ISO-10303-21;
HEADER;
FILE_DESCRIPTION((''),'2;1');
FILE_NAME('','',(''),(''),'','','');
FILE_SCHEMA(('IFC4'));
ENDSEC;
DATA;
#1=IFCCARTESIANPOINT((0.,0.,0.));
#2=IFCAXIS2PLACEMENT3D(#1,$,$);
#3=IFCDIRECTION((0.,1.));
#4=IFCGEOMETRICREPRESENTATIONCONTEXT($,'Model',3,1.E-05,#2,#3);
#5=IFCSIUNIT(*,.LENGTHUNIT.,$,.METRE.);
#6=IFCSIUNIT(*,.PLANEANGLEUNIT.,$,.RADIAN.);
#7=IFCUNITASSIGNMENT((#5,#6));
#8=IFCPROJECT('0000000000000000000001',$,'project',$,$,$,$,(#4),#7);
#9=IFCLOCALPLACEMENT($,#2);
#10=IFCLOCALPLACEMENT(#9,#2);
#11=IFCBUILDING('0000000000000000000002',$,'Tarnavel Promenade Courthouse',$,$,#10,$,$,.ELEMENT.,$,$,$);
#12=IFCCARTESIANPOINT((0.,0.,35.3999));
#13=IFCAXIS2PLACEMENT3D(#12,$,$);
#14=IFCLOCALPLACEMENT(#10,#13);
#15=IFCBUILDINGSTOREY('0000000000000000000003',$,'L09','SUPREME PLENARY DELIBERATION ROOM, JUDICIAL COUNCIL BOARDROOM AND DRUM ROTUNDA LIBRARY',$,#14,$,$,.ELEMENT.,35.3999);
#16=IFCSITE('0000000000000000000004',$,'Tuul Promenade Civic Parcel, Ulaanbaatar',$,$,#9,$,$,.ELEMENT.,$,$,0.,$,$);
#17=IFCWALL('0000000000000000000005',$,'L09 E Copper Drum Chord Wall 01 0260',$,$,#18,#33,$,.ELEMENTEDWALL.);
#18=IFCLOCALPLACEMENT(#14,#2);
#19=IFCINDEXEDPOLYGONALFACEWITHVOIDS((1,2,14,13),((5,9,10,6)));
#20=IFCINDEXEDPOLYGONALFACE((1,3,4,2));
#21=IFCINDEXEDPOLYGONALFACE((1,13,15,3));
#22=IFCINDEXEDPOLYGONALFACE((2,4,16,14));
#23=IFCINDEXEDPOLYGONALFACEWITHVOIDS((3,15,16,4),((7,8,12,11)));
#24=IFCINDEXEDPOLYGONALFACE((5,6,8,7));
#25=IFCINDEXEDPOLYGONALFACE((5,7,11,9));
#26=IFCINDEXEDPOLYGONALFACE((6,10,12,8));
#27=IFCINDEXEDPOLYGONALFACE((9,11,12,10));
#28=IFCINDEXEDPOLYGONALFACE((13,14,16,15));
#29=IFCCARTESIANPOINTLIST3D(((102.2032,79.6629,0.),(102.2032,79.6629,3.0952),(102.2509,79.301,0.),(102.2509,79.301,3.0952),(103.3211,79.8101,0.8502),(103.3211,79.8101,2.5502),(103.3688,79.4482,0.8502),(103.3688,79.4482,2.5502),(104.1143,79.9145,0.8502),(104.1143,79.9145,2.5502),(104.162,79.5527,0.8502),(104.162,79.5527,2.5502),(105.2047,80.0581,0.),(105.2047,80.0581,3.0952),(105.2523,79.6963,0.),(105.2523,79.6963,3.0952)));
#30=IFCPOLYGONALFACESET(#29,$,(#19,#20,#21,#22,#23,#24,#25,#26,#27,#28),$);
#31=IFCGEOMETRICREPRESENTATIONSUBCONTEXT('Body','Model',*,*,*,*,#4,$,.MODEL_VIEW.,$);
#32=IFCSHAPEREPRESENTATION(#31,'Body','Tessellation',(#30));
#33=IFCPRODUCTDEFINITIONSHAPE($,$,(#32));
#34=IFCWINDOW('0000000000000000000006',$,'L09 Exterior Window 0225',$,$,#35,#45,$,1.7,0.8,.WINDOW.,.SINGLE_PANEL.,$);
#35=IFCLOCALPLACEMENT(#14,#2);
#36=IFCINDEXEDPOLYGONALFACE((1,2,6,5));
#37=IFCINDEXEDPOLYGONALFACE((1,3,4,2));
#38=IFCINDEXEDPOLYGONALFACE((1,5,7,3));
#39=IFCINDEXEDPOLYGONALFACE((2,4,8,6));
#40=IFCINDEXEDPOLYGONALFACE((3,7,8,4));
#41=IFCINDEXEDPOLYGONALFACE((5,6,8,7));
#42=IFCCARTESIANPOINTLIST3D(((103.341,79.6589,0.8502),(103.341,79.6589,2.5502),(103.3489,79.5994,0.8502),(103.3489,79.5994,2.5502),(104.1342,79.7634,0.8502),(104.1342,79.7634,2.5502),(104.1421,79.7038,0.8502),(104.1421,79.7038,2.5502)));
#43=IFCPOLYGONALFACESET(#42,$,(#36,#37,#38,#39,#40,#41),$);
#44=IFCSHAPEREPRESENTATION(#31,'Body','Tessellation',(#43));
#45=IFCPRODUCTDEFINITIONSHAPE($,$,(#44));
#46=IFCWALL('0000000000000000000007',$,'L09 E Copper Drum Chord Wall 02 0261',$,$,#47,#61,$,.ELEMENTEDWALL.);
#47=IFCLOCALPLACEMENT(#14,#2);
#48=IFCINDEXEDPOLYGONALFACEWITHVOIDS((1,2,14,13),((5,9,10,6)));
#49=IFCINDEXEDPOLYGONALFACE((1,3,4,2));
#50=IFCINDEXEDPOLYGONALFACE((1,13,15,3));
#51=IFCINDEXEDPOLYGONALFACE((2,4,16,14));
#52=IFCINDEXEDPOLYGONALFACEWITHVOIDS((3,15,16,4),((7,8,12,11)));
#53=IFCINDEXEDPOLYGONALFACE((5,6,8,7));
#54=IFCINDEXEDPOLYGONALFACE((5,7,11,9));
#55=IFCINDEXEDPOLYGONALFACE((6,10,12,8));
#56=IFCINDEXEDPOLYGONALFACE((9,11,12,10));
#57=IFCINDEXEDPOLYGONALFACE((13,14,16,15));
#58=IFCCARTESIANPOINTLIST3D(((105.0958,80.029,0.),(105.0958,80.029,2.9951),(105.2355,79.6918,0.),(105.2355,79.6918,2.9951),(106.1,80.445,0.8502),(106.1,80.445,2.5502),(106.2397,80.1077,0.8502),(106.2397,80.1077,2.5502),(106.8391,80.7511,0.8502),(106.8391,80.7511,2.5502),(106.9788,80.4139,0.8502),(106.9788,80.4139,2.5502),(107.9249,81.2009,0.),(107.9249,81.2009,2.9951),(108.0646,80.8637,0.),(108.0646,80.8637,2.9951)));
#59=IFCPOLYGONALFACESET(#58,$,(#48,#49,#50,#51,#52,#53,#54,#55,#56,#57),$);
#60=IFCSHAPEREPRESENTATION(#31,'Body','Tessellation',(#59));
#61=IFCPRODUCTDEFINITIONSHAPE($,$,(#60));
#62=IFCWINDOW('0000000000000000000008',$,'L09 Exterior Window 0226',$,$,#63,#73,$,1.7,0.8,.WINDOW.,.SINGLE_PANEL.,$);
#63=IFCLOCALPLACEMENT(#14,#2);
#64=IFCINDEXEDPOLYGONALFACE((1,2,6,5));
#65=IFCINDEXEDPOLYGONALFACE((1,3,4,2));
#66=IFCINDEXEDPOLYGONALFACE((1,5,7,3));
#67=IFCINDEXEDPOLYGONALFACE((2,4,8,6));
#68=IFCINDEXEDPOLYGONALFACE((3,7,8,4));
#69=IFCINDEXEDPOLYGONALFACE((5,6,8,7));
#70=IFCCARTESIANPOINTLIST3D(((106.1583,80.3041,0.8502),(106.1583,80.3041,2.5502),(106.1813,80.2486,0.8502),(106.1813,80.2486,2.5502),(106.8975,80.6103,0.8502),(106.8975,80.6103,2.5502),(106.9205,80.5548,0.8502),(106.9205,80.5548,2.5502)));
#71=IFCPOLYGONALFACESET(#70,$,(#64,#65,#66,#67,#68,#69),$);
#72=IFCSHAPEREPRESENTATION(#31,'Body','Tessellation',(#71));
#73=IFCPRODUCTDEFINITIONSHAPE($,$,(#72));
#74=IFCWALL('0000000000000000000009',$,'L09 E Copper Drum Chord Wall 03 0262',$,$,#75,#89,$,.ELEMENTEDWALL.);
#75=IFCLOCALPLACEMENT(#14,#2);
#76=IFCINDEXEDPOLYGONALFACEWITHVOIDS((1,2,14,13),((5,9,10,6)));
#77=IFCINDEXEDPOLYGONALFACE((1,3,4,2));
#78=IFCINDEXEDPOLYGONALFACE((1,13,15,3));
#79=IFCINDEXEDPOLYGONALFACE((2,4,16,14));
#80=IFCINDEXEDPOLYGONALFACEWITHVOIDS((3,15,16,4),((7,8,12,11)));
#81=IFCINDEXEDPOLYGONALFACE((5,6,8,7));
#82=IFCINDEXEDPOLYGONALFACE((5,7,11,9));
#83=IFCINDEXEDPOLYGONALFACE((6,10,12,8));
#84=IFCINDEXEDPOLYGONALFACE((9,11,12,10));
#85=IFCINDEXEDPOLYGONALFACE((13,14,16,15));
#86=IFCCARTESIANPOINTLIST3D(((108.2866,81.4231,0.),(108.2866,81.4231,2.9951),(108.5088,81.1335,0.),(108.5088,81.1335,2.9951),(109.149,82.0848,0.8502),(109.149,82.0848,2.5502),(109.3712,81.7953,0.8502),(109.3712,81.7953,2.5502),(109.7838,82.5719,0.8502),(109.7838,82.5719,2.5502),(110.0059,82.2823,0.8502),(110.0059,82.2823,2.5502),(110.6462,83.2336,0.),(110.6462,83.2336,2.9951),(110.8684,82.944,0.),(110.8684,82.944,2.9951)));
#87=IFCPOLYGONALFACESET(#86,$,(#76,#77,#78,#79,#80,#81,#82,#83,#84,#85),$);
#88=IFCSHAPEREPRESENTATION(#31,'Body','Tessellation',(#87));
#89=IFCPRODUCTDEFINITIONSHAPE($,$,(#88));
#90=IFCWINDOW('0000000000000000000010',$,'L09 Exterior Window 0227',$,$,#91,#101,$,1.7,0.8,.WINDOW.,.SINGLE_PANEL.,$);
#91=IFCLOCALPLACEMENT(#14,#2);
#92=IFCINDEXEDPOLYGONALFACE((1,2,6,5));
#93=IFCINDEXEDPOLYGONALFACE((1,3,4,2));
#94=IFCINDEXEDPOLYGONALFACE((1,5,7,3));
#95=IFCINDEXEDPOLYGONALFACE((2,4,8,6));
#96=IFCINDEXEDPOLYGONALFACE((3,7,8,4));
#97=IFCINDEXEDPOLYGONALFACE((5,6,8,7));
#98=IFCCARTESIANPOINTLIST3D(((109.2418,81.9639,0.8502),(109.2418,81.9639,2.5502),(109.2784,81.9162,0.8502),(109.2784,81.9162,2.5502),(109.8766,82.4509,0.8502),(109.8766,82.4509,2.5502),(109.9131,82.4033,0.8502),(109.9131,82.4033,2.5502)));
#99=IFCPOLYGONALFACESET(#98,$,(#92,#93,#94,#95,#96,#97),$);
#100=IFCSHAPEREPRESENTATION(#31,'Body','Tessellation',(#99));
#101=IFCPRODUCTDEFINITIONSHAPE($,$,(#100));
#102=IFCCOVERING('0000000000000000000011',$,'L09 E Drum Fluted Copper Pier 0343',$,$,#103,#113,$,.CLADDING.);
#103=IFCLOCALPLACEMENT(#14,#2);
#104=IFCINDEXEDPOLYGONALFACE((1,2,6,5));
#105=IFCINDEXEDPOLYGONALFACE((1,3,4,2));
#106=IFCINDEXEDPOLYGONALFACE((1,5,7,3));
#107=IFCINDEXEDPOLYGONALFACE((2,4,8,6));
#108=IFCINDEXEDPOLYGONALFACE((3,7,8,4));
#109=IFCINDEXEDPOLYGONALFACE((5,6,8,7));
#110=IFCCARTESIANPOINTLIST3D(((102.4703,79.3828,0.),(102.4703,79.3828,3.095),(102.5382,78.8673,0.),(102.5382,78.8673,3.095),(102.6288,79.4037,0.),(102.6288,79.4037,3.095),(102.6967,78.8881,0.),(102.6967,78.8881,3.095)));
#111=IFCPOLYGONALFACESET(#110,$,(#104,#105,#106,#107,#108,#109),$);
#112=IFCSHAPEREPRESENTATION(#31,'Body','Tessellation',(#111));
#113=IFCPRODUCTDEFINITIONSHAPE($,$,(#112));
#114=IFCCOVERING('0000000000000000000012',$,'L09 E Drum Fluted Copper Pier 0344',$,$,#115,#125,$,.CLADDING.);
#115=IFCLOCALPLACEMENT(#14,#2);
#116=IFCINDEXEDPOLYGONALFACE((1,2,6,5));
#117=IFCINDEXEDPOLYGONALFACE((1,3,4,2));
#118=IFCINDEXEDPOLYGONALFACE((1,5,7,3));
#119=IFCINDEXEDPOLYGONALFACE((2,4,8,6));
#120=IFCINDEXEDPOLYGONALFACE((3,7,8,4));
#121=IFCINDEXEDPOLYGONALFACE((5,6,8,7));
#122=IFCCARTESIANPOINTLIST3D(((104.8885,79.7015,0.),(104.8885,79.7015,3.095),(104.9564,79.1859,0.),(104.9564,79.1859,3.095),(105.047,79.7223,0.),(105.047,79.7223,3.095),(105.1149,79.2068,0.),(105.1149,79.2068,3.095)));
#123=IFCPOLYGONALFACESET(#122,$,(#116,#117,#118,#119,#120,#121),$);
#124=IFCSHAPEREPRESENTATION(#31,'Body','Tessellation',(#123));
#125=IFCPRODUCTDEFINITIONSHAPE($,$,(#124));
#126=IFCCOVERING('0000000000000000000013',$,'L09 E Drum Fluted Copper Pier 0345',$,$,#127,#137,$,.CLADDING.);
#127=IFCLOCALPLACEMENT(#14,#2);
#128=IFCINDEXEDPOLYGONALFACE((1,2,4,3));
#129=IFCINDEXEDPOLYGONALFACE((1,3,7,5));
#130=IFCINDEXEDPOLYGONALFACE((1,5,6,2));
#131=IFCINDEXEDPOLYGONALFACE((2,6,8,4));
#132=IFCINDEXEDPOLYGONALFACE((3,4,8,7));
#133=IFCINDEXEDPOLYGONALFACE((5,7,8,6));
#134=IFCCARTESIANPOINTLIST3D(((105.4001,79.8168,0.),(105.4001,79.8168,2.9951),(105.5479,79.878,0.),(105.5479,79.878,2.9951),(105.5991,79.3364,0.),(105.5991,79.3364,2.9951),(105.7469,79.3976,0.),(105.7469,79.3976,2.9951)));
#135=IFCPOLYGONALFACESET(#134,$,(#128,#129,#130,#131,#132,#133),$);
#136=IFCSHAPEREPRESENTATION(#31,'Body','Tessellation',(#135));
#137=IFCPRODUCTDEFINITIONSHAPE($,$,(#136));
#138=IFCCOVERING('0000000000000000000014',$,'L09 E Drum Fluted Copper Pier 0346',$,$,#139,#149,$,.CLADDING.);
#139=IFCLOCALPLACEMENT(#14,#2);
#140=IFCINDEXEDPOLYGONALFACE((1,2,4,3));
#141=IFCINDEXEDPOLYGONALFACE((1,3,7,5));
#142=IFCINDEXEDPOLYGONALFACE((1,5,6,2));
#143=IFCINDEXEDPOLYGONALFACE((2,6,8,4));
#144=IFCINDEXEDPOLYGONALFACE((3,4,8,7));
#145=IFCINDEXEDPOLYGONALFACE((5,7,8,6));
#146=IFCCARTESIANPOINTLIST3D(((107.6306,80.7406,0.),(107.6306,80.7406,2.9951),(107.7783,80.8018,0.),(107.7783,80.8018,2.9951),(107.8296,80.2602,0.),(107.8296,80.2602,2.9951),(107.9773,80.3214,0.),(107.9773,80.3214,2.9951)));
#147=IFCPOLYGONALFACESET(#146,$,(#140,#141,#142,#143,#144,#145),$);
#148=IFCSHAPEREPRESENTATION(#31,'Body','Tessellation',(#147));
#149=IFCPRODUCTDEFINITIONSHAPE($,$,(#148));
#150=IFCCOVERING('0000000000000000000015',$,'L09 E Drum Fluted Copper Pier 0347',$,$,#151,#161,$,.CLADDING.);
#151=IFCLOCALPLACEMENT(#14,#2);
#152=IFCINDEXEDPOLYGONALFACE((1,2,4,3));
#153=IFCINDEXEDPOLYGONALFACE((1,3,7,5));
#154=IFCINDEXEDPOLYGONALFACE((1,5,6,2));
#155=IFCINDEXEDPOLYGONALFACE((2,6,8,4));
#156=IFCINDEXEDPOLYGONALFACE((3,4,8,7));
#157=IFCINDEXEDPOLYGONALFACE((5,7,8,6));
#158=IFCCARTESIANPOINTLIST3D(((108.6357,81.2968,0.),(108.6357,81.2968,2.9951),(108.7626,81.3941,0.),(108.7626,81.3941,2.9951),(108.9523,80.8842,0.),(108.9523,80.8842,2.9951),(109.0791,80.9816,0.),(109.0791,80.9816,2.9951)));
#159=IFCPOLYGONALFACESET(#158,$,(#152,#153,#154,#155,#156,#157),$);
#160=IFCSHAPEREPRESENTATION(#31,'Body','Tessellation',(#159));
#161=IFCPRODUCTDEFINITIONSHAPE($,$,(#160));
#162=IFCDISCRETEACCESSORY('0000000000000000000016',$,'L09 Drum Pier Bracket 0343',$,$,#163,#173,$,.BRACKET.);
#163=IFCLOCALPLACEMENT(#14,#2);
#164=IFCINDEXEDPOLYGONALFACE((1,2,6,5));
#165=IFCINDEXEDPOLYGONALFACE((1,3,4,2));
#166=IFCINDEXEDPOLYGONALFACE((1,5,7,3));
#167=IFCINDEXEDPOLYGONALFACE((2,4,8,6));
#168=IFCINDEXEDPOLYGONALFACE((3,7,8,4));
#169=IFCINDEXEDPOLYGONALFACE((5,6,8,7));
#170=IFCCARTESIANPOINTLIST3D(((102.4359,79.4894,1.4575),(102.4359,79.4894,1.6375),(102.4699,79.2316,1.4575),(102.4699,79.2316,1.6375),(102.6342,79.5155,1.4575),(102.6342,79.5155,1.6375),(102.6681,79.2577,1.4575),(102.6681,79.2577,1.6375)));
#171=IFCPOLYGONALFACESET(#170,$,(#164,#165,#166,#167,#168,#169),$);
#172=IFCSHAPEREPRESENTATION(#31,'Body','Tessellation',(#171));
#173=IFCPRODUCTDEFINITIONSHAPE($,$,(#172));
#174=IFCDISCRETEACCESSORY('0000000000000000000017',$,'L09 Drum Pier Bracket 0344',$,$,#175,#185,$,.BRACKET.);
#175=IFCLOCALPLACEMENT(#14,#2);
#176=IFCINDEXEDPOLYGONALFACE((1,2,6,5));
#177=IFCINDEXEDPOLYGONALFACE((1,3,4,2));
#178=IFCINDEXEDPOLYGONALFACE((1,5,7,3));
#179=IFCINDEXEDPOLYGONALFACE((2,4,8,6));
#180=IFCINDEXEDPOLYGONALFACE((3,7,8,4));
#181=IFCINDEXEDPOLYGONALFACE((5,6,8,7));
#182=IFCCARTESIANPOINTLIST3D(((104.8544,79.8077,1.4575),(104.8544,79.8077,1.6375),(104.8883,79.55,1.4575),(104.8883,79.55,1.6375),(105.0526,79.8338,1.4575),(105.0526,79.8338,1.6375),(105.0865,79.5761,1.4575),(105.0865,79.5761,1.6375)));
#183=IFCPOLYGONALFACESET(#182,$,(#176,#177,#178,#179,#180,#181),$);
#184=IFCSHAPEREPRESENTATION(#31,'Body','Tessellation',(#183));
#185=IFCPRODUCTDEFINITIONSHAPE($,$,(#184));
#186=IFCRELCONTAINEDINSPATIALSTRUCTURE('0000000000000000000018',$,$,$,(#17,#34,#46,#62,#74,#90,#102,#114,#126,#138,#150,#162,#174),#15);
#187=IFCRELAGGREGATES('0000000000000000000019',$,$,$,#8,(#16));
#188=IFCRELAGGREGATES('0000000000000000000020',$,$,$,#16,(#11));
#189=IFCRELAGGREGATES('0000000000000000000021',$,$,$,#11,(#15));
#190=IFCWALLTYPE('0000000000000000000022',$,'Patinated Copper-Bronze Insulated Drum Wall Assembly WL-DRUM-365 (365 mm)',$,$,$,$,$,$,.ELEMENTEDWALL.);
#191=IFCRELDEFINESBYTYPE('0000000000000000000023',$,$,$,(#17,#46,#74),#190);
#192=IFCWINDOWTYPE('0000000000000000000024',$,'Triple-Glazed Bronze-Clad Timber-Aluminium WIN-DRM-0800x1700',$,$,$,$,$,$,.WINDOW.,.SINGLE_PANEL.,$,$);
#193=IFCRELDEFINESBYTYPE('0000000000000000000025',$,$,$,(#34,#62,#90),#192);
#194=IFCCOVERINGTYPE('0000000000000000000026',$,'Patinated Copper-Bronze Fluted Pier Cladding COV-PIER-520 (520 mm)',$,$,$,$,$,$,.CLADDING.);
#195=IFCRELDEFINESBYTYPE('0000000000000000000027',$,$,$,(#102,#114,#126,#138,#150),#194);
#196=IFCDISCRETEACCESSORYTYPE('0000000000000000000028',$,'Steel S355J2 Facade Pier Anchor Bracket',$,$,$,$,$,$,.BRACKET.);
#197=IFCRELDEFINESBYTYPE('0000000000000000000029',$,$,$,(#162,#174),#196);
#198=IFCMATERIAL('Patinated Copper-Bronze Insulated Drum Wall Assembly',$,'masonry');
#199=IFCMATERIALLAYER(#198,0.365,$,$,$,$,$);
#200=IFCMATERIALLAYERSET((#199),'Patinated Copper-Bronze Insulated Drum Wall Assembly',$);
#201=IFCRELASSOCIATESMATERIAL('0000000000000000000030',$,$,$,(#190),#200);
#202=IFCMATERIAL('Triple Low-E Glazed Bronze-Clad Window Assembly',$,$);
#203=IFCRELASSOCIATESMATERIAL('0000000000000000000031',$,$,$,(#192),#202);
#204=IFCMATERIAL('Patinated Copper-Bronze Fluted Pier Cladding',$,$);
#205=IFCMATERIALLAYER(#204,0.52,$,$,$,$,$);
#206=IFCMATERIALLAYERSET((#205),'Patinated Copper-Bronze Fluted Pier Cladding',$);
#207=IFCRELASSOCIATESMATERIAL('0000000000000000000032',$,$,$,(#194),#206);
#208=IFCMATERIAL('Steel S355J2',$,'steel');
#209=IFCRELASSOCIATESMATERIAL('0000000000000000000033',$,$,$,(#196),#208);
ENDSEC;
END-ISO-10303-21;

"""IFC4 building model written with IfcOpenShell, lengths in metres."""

from ifc_helpers import new_model, si_unit, direction, frame, frame_2d, origin, origin_2d, place, context, subcontext, project, spatial, rectangle, extrude, material, layer, layer_set, type_object, element, fill, save


model = new_model("IFC4")

# Units and contexts
model_context = context("Model", 3, precision=1e-05, world=origin(), true_north=direction((0.0, 1.0)))
body_context = subcontext(model_context, "Body", "Model", "MODEL_VIEW")
ifc_project = project(units=[si_unit("LENGTHUNIT", "METRE"), si_unit("PLANEANGLEUNIT", "RADIAN")], contexts=[model_context])

# Site, building, storey
site_placement = place(None, origin())
site = spatial("IfcSite", under=ifc_project, at=site_placement, Name="Tuul Promenade Civic Parcel, Ulaanbaatar", CompositionType="ELEMENT", RefElevation=0.0)
building_placement = place(site_placement, origin())
building = spatial("IfcBuilding", under=site, at=building_placement, Name="Tarnavel Promenade Courthouse", CompositionType="ELEMENT")
storey_placement = place(building_placement, frame((0.0, 0.0, 35.3999)))
storey = spatial("IfcBuildingStorey", under=building, at=storey_placement, Name="L09", Description="SUPREME PLENARY DELIBERATION ROOM, JUDICIAL COUNCIL BOARDROOM AND DRUM ROTUNDA LIBRARY", CompositionType="ELEMENT", Elevation=35.3999)

# Shared definitions
ifc_material_1 = material(Name="Steel S355J2", Category="steel")

# Walls, openings, windows
ifc_material_2 = material(Name="Patinated Copper-Bronze Insulated Drum Wall Assembly", Category="masonry")
ifc_layer_1 = layer(ifc_material_2, 0.365)
ifc_layer_set_1 = layer_set([ifc_layer_1], Name="Patinated Copper-Bronze Insulated Drum Wall Assembly")
wall_type_1 = type_object("IfcWallType", Name="Patinated Copper-Bronze Insulated Drum Wall Assembly WL-DRUM-365 (365 mm)", PredefinedType="ELEMENTEDWALL", material=ifc_layer_set_1)
wall_1_placement = place(storey_placement, frame((102.2271, 79.4819, 0.0), z_axis=(0.0, 0.0, 1.0), x_axis=(0.99144, 0.130563, 0.0)))
wall_1 = element("IfcWall", 1, at=wall_1_placement, inside=storey, type_object=wall_type_1, Name="L09 E Copper Drum Chord Wall 01 0260", PredefinedType="ELEMENTEDWALL", context=body_context, shape_type="SweptSolid", body=[
    extrude(rectangle(XDim=3.0273, YDim=0.365, at=frame_2d((1.5137, 0.0))), origin(), (0.0, 0.0, 1.0), 3.0952),
])
opening_1_placement = place(wall_1_placement, frame((1.1277, 0.0, 0.8501)))
opening_1 = element("IfcOpeningElement", 2, at=opening_1_placement, cuts=wall_1, PredefinedType="OPENING", context=body_context, shape_type="SweptSolid", body=[
    extrude(rectangle(XDim=0.8, YDim=1.7, at=frame_2d((0.3999, 0.8501))), frame((0.0, 0.1924, 0.0), z_axis=(0.0, -1.0, 0.0), x_axis=(1.0, 0.0, 0.0)), (0.0, 0.0, 1.0), 0.385),
])
ifc_material_3 = material(Name="Triple Low-E Glazed Bronze-Clad Window Assembly")
window_type = type_object("IfcWindowType", Name="Triple-Glazed Bronze-Clad Timber-Aluminium WIN-DRM-0800x1700", PartitioningType="SINGLE_PANEL", PredefinedType="WINDOW", material=ifc_material_3)
window_1_placement = place(opening_1_placement, origin())
window_1 = element("IfcWindow", 3, at=window_1_placement, inside=storey, type_object=window_type, Name="L09 Exterior Window 0225", OverallHeight=1.7, OverallWidth=0.8, PartitioningType="SINGLE_PANEL", PredefinedType="WINDOW", context=body_context, shape_type="SweptSolid", body=[
    extrude(rectangle(XDim=0.8, YDim=1.7, at=frame_2d((0.3999, 0.8501))), frame((0.0, 0.03, 0.0), z_axis=(0.0, -1.0, 0.0), x_axis=(1.0, 0.0, 0.0)), (0.0, 0.0, 1.0), 0.0601),
])
fill(opening_1, window_1)
wall_2_placement = place(storey_placement, frame((105.1655, 79.8604, 0.0), z_axis=(0.0, 0.0, 1.0), x_axis=(0.923877, 0.38269, 0.0)))
wall_2 = element("IfcWall", 4, at=wall_2_placement, inside=storey, type_object=wall_type_1, Name="L09 E Copper Drum Chord Wall 02 0261", PredefinedType="ELEMENTEDWALL", context=body_context, shape_type="SweptSolid", body=[
    extrude(rectangle(XDim=3.0623, YDim=0.365, at=frame_2d((1.5312, 0.0))), origin(), (0.0, 0.0, 1.0), 2.9951),
])
opening_2_placement = place(wall_2_placement, frame((1.0872, 0.0, 0.8501)))
opening_2 = element("IfcOpeningElement", 5, at=opening_2_placement, cuts=wall_2, PredefinedType="OPENING", context=body_context, shape_type="SweptSolid", body=[
    extrude(rectangle(XDim=0.8, YDim=1.7, at=frame_2d((0.3999, 0.8501))), frame((0.0, 0.1924, 0.0), z_axis=(0.0, -1.0, 0.0), x_axis=(1.0, 0.0, 0.0)), (0.0, 0.0, 1.0), 0.385),
])
window_2_placement = place(opening_2_placement, origin())
window_2 = element("IfcWindow", 6, at=window_2_placement, inside=storey, type_object=window_type, Name="L09 Exterior Window 0226", OverallHeight=1.7, OverallWidth=0.8, PartitioningType="SINGLE_PANEL", PredefinedType="WINDOW", context=body_context, shape_type="SweptSolid", body=[
    extrude(rectangle(XDim=0.8, YDim=1.7, at=frame_2d((0.3999, 0.8501))), frame((0.0, 0.03, 0.0), z_axis=(0.0, -1.0, 0.0), x_axis=(1.0, 0.0, 0.0)), (0.0, 0.0, 1.0), 0.0601),
])
fill(opening_2, window_2)
wall_3_placement = place(storey_placement, frame((108.3977, 81.2783, 0.0), z_axis=(0.0, 0.0, 1.0), x_axis=(0.793362, 0.60875, 0.0)))
wall_3 = element("IfcWall", 7, at=wall_3_placement, inside=storey, type_object=wall_type_1, Name="L09 E Copper Drum Chord Wall 03 0262", PredefinedType="ELEMENTEDWALL", context=body_context, shape_type="SweptSolid", body=[
    extrude(rectangle(XDim=2.9741, YDim=0.365, at=frame_2d((1.4871, 0.0))), origin(), (0.0, 0.0, 1.0), 2.9951),
])
opening_3_placement = place(wall_3_placement, frame((1.0872, 0.0, 0.8501)))
opening_3 = element("IfcOpeningElement", 8, at=opening_3_placement, cuts=wall_3, PredefinedType="OPENING", context=body_context, shape_type="SweptSolid", body=[
    extrude(rectangle(XDim=0.8, YDim=1.7, at=frame_2d((0.3999, 0.8501))), frame((0.0, 0.1924, 0.0), z_axis=(0.0, -1.0, 0.0), x_axis=(1.0, 0.0, 0.0)), (0.0, 0.0, 1.0), 0.385),
])
window_3_placement = place(opening_3_placement, origin())
window_3 = element("IfcWindow", 9, at=window_3_placement, inside=storey, type_object=window_type, Name="L09 Exterior Window 0227", OverallHeight=1.7, OverallWidth=0.8, PartitioningType="SINGLE_PANEL", PredefinedType="WINDOW", context=body_context, shape_type="SweptSolid", body=[
    extrude(rectangle(XDim=0.8, YDim=1.7, at=frame_2d((0.3999, 0.8501))), frame((0.0, 0.03, 0.0), z_axis=(0.0, -1.0, 0.0), x_axis=(1.0, 0.0, 0.0)), (0.0, 0.0, 1.0), 0.0601),
])
fill(opening_3, window_3)

# Coverings
ifc_material_4 = material(Name="Patinated Copper-Bronze Fluted Pier Cladding")
ifc_layer_2 = layer(ifc_material_4, 0.52)
ifc_layer_set_2 = layer_set([ifc_layer_2], Name="Patinated Copper-Bronze Fluted Pier Cladding")
covering_type = type_object("IfcCoveringType", Name="Patinated Copper-Bronze Fluted Pier Cladding COV-PIER-520 (520 mm)", PredefinedType="CLADDING", material=ifc_layer_set_2)
for number, where, z_axis, x_axis, name in (
    (10, (102.5835, 79.1355, 0.0), (0.0, 0.0, 1.0), (0.991445, 0.130526, 0.0), "L09 E Drum Fluted Copper Pier 0343"),
    (11, (105.0017, 79.4541, 0.0), (0.0, 0.0, 1.0), (0.991445, 0.130526, 0.0), "L09 E Drum Fluted Copper Pier 0344"),
):
    element("IfcCovering", number, at=place(storey_placement, frame(where, z_axis=z_axis, x_axis=x_axis)), inside=storey, type_object=covering_type, Name=name, PredefinedType="CLADDING", context=body_context, shape_type="SweptSolid", body=[
        extrude(rectangle(XDim=0.1599, YDim=0.52, at=origin_2d()), origin(), (0.0, 0.0, 1.0), 3.095),
    ])
for number, where, z_axis, x_axis, name in (
    (12, (105.5735, 79.6072, 0.0), (0.0, 0.0, 1.0), (0.92388, 0.382683, 0.0), "L09 E Drum Fluted Copper Pier 0345"),
    (13, (107.804, 80.531, 0.0), (0.0, 0.0, 1.0), (0.92388, 0.382683, 0.0), "L09 E Drum Fluted Copper Pier 0346"),
    (14, (108.8574, 81.1392, 0.0), (0.0, 0.0, 1.0), (0.793353, 0.608761, 0.0), "L09 E Drum Fluted Copper Pier 0347"),
):
    element("IfcCovering", number, at=place(storey_placement, frame(where, z_axis=z_axis, x_axis=x_axis)), inside=storey, type_object=covering_type, Name=name, PredefinedType="CLADDING", context=body_context, shape_type="SweptSolid", body=[
        extrude(rectangle(XDim=0.1599, YDim=0.52, at=origin_2d()), origin(), (0.0, 0.0, 1.0), 2.9951),
    ])

# Discrete accessories
discrete_accessory_type_1 = type_object("IfcDiscreteAccessoryType", Name="Steel S355J2 Facade Pier Anchor Bracket", PredefinedType="BRACKET", material=ifc_material_1)
for number, where, z_axis, x_axis, name in (
    (15, (102.552, 79.3735, 1.4575), (0.0, 0.0, 1.0), (0.991445, 0.130526, 0.0), "L09 Drum Pier Bracket 0343"),
    (16, (104.9705, 79.6919, 1.4575), (0.0, 0.0, 1.0), (0.991445, 0.130526, 0.0), "L09 Drum Pier Bracket 0344"),
):
    element("IfcDiscreteAccessory", number, at=place(storey_placement, frame(where, z_axis=z_axis, x_axis=x_axis)), inside=storey, type_object=discrete_accessory_type_1, Name=name, PredefinedType="BRACKET", context=body_context, shape_type="SweptSolid", body=[
        extrude(rectangle(XDim=0.2, YDim=0.26, at=origin_2d()), origin(), (0.0, 0.0, 1.0), 0.1799),
    ])

save(model, "model.ifc")
